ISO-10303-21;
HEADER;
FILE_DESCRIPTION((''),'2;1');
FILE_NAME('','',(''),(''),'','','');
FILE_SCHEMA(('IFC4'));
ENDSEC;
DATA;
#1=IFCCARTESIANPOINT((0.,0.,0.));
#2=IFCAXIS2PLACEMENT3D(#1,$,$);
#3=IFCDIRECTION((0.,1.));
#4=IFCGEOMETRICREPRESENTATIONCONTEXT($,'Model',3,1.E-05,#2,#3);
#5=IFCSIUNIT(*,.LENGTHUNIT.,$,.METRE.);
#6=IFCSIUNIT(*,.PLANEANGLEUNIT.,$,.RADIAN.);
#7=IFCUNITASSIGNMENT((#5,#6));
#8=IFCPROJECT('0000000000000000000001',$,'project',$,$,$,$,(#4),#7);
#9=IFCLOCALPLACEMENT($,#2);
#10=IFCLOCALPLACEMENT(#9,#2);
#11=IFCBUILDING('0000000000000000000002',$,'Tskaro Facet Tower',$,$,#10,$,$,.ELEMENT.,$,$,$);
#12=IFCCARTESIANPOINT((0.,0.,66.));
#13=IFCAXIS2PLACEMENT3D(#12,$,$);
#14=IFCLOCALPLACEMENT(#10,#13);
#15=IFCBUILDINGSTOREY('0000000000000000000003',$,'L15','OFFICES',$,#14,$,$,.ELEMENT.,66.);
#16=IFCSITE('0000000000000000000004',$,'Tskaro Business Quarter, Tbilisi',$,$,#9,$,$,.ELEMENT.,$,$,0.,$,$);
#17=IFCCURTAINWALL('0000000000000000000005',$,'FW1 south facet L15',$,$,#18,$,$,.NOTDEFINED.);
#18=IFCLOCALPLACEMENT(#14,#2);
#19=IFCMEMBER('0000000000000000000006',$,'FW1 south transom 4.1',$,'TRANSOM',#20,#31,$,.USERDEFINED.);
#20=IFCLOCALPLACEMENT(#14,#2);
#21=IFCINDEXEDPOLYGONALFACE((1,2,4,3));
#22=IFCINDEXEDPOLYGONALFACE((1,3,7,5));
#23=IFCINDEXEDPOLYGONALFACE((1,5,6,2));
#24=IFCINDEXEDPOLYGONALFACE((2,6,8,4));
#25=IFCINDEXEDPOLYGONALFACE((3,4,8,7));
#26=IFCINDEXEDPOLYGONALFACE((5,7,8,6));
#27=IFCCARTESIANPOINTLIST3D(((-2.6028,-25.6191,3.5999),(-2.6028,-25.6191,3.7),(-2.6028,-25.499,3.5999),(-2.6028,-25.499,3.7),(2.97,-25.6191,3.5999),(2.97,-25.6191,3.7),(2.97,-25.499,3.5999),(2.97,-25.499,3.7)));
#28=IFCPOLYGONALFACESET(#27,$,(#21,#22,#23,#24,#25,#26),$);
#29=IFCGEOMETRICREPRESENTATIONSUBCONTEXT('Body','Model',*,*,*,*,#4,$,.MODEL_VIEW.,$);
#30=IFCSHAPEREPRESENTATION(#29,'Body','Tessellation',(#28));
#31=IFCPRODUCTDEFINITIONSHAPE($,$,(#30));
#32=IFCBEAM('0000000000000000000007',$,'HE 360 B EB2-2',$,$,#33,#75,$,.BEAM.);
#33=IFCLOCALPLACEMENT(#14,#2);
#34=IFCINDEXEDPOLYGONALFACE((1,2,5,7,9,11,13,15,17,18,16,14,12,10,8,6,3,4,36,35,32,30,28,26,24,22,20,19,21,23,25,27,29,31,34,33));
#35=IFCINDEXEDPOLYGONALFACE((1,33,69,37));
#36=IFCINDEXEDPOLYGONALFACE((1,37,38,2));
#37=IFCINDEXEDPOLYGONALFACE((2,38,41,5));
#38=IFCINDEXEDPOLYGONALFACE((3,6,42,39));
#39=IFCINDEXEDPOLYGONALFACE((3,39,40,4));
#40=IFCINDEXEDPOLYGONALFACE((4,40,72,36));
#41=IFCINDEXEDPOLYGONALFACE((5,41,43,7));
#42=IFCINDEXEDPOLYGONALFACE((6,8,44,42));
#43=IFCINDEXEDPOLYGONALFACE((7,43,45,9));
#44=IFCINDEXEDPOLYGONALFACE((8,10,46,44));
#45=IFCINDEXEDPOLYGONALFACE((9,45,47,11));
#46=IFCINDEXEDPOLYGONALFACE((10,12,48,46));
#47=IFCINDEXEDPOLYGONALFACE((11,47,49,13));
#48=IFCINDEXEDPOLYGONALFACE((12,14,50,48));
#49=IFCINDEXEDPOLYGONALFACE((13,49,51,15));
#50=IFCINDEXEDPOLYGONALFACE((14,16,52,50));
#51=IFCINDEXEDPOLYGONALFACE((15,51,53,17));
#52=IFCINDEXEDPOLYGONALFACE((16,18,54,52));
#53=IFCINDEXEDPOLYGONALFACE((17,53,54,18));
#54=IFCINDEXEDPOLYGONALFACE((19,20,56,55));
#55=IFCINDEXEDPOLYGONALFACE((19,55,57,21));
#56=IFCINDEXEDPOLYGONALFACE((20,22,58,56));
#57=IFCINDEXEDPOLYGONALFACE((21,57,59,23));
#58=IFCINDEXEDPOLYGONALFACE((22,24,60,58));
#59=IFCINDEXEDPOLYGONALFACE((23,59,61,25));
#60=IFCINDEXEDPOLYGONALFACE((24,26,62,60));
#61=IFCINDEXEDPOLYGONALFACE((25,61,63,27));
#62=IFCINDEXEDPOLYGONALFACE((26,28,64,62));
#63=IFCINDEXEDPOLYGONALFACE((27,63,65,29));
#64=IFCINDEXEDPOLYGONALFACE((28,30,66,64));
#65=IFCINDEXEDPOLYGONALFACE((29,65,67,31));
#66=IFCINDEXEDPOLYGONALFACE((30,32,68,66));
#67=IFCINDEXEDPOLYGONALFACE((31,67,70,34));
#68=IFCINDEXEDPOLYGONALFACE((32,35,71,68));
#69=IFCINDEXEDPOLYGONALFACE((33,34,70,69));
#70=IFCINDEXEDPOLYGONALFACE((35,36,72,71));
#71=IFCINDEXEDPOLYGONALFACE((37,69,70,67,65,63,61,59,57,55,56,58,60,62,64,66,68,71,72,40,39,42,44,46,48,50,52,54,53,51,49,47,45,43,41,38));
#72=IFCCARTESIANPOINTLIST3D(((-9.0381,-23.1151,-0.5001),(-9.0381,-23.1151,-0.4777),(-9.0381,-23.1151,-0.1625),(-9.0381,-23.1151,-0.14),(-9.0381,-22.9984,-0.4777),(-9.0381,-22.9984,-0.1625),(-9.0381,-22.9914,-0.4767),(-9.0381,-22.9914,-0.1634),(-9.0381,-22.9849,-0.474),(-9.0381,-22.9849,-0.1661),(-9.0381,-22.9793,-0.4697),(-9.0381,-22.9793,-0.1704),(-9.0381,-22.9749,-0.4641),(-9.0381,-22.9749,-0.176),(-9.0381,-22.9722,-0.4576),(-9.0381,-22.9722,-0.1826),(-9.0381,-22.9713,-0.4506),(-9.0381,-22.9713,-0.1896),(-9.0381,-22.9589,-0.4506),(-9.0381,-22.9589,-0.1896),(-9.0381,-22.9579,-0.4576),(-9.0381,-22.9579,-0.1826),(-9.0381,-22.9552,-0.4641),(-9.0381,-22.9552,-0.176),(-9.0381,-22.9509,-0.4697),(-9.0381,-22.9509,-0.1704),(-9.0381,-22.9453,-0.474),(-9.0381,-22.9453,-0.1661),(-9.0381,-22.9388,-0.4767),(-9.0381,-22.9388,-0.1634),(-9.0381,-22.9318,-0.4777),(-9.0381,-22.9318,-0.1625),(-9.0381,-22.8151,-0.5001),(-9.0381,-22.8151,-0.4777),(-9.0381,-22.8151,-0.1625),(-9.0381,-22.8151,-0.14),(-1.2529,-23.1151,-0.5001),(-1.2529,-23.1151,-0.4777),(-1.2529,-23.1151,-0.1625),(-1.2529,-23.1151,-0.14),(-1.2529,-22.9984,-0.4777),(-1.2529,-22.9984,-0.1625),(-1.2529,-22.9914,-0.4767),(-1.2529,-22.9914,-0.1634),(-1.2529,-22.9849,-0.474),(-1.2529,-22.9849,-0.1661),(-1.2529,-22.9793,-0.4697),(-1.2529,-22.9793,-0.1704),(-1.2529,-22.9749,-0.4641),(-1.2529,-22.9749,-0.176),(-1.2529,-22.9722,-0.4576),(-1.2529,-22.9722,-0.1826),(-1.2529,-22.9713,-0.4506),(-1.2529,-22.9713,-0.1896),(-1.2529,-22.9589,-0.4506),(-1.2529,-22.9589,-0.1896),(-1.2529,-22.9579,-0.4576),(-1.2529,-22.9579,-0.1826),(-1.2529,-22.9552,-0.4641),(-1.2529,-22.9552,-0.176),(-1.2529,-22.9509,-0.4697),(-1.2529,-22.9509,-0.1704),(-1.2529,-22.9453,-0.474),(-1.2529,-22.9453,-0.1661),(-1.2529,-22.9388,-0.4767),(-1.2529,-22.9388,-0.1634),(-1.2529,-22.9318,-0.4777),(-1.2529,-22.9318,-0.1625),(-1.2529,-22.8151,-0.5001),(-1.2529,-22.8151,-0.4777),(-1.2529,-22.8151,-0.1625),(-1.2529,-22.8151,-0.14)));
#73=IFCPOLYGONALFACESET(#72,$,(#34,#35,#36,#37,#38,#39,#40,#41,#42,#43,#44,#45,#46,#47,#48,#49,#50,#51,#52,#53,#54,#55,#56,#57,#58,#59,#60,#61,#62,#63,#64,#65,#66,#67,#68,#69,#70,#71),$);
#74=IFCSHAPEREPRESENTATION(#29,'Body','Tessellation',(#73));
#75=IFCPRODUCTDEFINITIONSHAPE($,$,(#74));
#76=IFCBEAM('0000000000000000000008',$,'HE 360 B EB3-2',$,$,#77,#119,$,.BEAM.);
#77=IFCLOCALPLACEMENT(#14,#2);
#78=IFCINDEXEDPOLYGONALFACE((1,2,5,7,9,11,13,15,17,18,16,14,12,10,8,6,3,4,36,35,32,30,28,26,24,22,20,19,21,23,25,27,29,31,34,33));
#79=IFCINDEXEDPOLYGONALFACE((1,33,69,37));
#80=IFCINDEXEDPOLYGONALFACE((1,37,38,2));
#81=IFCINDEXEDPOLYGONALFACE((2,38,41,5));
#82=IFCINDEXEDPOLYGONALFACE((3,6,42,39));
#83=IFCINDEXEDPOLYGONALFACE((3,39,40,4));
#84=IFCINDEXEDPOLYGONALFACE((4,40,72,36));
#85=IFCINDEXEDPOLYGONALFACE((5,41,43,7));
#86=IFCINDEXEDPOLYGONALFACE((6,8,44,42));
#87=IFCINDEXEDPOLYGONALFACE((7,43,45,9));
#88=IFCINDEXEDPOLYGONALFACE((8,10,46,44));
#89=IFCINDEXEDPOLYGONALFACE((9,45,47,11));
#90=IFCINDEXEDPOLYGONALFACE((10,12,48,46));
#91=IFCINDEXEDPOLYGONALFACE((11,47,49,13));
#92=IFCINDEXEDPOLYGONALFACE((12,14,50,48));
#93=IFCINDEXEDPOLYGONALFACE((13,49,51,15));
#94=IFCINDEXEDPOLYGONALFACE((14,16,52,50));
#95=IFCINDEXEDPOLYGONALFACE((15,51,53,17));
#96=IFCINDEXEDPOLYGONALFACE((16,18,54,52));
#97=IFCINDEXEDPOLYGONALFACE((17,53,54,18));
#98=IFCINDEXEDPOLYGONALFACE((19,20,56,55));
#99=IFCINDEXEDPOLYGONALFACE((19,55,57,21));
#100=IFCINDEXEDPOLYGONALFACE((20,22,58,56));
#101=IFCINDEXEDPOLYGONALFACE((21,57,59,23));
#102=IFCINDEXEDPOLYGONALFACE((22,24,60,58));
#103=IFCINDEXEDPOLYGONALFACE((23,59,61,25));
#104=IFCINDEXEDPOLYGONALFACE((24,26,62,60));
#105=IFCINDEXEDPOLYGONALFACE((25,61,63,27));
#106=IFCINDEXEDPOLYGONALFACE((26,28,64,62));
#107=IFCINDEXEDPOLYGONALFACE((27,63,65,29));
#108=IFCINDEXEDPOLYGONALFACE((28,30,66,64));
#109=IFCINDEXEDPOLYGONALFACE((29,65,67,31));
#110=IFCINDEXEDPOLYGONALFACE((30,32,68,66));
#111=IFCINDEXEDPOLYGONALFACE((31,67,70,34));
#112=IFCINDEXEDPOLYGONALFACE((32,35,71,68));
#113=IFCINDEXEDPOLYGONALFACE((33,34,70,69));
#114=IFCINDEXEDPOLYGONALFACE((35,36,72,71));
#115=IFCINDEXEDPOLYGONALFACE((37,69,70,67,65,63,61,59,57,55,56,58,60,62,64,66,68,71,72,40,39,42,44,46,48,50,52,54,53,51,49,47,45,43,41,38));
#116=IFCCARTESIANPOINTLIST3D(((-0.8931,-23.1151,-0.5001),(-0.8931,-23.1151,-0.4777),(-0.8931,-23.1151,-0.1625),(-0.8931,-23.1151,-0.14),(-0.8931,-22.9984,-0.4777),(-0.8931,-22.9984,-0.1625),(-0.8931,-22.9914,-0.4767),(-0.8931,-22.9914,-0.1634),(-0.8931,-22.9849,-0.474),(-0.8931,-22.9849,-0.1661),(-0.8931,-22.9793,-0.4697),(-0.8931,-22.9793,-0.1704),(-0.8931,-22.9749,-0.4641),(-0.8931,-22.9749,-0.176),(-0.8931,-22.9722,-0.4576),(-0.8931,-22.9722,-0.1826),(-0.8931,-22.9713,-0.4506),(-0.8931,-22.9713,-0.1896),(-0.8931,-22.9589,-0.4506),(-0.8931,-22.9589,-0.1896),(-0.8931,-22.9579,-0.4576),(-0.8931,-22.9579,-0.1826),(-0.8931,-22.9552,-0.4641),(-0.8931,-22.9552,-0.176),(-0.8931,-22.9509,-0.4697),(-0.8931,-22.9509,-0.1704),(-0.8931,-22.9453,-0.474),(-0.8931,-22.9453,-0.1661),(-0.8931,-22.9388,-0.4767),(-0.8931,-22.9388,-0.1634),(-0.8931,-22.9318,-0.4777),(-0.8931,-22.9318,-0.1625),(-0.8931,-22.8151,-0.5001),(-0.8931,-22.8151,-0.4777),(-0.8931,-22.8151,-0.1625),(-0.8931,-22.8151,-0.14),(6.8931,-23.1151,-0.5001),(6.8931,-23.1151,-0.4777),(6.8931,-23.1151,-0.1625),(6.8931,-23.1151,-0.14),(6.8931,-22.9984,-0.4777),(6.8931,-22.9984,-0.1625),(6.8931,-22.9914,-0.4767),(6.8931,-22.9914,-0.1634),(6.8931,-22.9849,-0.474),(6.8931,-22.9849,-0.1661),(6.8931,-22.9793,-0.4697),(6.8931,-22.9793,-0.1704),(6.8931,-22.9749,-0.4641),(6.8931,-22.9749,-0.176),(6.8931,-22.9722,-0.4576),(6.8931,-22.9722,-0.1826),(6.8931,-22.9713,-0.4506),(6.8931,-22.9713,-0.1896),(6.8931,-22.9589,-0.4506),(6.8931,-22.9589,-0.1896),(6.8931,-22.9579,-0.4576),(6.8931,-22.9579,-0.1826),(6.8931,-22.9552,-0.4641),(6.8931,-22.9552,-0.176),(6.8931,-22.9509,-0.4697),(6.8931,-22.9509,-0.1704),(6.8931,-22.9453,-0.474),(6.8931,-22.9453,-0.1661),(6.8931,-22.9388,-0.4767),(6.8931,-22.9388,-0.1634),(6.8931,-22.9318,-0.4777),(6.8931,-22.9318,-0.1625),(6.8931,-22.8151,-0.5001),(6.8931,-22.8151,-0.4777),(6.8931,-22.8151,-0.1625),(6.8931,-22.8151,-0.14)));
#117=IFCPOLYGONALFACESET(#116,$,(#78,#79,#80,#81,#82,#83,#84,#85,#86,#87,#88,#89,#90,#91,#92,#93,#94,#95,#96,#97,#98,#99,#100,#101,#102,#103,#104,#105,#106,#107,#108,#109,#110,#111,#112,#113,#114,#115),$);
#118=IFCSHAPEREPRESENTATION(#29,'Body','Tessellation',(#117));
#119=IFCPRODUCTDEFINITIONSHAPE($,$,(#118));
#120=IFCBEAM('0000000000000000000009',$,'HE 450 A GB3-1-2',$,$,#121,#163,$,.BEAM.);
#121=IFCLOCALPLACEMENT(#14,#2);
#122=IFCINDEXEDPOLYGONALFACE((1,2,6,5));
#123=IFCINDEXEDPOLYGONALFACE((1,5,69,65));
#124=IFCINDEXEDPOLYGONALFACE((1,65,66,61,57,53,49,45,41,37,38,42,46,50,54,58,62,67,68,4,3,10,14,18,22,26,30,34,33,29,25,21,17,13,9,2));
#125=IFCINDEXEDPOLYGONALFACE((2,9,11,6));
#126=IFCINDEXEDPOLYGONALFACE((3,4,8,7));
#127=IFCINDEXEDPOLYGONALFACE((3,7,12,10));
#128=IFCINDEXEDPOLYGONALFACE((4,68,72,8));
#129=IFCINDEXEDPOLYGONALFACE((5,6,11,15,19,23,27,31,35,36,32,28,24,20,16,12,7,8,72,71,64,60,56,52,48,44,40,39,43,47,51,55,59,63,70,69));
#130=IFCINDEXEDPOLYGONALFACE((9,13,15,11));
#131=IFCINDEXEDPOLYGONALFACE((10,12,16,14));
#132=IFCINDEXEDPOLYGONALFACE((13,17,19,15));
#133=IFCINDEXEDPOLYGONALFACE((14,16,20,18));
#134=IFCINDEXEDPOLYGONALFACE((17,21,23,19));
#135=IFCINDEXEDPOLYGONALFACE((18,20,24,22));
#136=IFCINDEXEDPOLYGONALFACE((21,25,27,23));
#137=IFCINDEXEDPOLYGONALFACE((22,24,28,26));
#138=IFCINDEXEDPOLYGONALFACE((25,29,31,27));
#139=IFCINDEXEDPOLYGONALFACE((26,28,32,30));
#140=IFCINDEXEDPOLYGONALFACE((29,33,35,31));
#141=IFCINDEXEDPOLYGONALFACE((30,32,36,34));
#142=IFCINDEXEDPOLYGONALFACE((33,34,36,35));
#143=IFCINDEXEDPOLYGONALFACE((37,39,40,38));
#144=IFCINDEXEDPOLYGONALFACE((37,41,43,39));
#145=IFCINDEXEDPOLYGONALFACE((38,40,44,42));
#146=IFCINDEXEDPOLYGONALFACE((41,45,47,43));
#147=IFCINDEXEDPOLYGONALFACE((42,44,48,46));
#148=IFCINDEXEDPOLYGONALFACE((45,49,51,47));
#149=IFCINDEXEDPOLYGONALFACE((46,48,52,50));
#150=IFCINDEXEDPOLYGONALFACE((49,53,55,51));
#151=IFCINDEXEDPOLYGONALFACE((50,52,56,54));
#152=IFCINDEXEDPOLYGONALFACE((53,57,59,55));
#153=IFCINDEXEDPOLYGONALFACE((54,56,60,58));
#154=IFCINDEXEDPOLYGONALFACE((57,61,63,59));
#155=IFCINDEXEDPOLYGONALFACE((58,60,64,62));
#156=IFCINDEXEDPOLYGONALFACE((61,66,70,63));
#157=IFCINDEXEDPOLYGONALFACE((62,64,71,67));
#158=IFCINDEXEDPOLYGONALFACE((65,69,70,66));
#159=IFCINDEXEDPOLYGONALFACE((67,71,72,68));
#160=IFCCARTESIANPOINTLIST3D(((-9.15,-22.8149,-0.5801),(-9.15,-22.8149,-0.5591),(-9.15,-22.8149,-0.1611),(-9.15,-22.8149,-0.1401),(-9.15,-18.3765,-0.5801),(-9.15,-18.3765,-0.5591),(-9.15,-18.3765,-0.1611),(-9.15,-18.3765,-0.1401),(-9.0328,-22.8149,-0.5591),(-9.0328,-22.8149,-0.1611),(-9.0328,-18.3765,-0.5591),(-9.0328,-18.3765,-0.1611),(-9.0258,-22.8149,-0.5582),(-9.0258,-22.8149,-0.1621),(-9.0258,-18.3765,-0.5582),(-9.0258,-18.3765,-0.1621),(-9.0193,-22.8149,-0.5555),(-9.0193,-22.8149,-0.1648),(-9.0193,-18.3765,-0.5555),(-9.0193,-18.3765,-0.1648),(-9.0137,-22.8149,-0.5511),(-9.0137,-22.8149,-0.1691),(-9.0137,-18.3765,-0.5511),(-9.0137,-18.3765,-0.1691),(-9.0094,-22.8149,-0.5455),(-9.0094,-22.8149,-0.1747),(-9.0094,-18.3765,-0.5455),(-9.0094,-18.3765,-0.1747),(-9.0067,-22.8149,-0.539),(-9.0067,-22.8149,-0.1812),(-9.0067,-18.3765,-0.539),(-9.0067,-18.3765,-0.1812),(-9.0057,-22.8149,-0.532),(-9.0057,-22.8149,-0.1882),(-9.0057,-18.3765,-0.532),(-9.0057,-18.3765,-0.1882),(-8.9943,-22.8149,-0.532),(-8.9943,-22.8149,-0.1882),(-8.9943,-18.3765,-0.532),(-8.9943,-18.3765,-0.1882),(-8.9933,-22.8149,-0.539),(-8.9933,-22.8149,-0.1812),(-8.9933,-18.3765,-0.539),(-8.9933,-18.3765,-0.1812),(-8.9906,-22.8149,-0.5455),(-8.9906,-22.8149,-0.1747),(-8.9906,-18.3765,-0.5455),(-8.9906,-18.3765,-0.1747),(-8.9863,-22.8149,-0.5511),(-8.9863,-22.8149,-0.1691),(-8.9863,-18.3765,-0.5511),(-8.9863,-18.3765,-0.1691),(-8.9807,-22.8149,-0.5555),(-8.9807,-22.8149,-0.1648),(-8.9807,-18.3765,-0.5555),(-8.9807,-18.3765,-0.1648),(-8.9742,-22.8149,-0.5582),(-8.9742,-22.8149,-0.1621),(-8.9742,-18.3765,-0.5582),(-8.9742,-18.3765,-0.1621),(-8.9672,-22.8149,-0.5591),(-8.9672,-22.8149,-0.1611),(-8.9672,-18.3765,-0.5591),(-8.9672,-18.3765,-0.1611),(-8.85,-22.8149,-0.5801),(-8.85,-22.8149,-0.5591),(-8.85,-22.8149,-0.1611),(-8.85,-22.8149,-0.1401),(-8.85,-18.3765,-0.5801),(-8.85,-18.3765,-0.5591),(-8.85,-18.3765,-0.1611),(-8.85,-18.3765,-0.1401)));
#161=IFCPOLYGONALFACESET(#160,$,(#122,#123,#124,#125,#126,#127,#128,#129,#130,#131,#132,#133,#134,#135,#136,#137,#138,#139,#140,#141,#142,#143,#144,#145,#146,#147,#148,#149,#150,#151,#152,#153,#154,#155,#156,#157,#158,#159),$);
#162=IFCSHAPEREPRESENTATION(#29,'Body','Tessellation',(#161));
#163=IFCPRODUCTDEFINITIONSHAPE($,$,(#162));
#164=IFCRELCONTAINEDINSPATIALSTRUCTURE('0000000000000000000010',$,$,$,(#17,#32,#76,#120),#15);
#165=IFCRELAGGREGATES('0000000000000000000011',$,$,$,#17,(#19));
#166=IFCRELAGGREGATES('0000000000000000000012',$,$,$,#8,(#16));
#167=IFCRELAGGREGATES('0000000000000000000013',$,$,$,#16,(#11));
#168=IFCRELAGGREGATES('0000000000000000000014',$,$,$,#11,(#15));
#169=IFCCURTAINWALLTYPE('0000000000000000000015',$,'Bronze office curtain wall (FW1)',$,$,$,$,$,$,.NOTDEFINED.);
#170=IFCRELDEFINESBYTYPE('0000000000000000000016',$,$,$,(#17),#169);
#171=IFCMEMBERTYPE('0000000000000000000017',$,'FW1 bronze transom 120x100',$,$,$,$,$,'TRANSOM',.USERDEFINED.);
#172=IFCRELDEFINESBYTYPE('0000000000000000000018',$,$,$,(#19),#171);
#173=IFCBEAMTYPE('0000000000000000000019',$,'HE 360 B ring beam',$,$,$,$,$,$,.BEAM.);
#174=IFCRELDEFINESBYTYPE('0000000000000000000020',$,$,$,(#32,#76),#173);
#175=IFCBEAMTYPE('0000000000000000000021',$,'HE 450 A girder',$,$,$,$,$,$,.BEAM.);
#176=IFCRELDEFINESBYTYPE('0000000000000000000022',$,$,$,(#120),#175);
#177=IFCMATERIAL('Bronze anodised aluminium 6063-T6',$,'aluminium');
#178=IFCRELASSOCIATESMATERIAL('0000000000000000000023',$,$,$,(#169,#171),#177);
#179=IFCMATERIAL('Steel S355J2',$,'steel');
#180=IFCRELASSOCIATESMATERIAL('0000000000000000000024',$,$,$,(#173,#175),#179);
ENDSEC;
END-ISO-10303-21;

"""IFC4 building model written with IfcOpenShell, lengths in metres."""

from ifc_helpers import new_model, si_unit, direction, frame, origin, origin_2d, place, context, subcontext, project, spatial, rectangle, i_section, extrude, material, material_profile, profile_set, type_object, element, aggregate, save


model = new_model("IFC4")

# Units and contexts
model_context = context("Model", 3, precision=1e-05, world=origin(), true_north=direction((0.0, 1.0)))
body_context = subcontext(model_context, "Body", "Model", "MODEL_VIEW")
ifc_project = project(units=[si_unit("LENGTHUNIT", "METRE"), si_unit("PLANEANGLEUNIT", "RADIAN")], contexts=[model_context])

# Site, building, storey
site_placement = place(None, origin())
site = spatial("IfcSite", under=ifc_project, at=site_placement, Name="Tskaro Business Quarter, Tbilisi", CompositionType="ELEMENT", RefElevation=0.0)
building_placement = place(site_placement, origin())
building = spatial("IfcBuilding", under=site, at=building_placement, Name="Tskaro Facet Tower", CompositionType="ELEMENT")
storey_placement = place(building_placement, frame((0.0, 0.0, 66.0)))
storey = spatial("IfcBuildingStorey", under=building, at=storey_placement, Name="L15", Description="OFFICES", CompositionType="ELEMENT", Elevation=66.0)

# Curtain wall, member
ifc_material_1 = material(Name="Bronze anodised aluminium 6063-T6", Category="aluminium")
curtain_wall_type = type_object("IfcCurtainWallType", Name="Bronze office curtain wall (FW1)", PredefinedType="NOTDEFINED", material=ifc_material_1)
curtain_wall_placement = place(storey_placement, origin())
curtain_wall = element("IfcCurtainWall", 1, at=curtain_wall_placement, inside=storey, type_object=curtain_wall_type, Name="FW1 south facet L15", PredefinedType="NOTDEFINED")
ifc_material_profile_1 = material_profile(ifc_material_1, rectangle(XDim=0.1201, YDim=0.1001, at=origin_2d()), Name="Transom 120x100")
ifc_profile_set_1 = profile_set([ifc_material_profile_1], Name="Bronze anodised aluminium 6063-T6")
member_type_1 = type_object("IfcMemberType", Name="FW1 bronze transom 120x100", ElementType="TRANSOM", PredefinedType="USERDEFINED", material=ifc_profile_set_1)
member_1_placement = place(storey_placement, frame((-2.6028, -25.5591, 3.6499), z_axis=(1.0, 0.0, 0.0), x_axis=(0.0, 1.0, 0.0)))
member_1 = element("IfcMember", 2, at=member_1_placement, type_object=member_type_1, Name="FW1 south transom 4.1", ObjectType="TRANSOM", PredefinedType="USERDEFINED", context=body_context, shape_type="SweptSolid", body=[
    extrude(rectangle(XDim=0.1201, YDim=0.1001, at=origin_2d()), origin(), (0.0, 0.0, 1.0), 5.5728),
])

# Beams
ifc_material_2 = material(Name="Steel S355J2", Category="steel")
ifc_material_profile_2 = material_profile(ifc_material_2, i_section(OverallWidth=0.3, OverallDepth=0.3601, WebThickness=0.0125, FlangeThickness=0.0225, FilletRadius=0.0271, at=origin_2d()), Name="HE 360 B")
ifc_profile_set_2 = profile_set([ifc_material_profile_2], Name="Steel S355J2")
beam_type_1 = type_object("IfcBeamType", Name="HE 360 B ring beam", PredefinedType="BEAM", material=ifc_profile_set_2)
beam_1_placement = place(storey_placement, frame((-9.0381, -22.9651, -0.3201), z_axis=(1.0, 0.0, 0.0), x_axis=(0.0, 1.0, 0.0)))
element("IfcBeam", 3, at=beam_1_placement, inside=storey, type_object=beam_type_1, Name="HE 360 B EB2-2", PredefinedType="BEAM", context=body_context, shape_type="SweptSolid", body=[
    extrude(i_section(OverallWidth=0.3, OverallDepth=0.3601, WebThickness=0.0125, FlangeThickness=0.0225, FilletRadius=0.0271, at=origin_2d()), origin(), (0.0, 0.0, 1.0), 7.7852),
])
beam_2_placement = place(storey_placement, frame((-0.8931, -22.9651, -0.3201), z_axis=(1.0, 0.0, 0.0), x_axis=(0.0, 1.0, 0.0)))
element("IfcBeam", 4, at=beam_2_placement, inside=storey, type_object=beam_type_1, Name="HE 360 B EB3-2", PredefinedType="BEAM", context=body_context, shape_type="SweptSolid", body=[
    extrude(i_section(OverallWidth=0.3, OverallDepth=0.3601, WebThickness=0.0125, FlangeThickness=0.0225, FilletRadius=0.0271, at=origin_2d()), origin(), (0.0, 0.0, 1.0), 7.7861),
])
ifc_material_profile_3 = material_profile(ifc_material_2, i_section(OverallWidth=0.3, OverallDepth=0.4399, WebThickness=0.0115, FlangeThickness=0.021, FilletRadius=0.0271, at=origin_2d()), Name="HE 450 A")
ifc_profile_set_3 = profile_set([ifc_material_profile_3], Name="Steel S355J2")
beam_type_2 = type_object("IfcBeamType", Name="HE 450 A girder", PredefinedType="BEAM", material=ifc_profile_set_3)
beam_3_placement = place(storey_placement, frame((-9.0, -22.8149, -0.3601), z_axis=(0.0, 1.0, 0.0), x_axis=(-1.0, 0.0, 0.0)))
element("IfcBeam", 5, at=beam_3_placement, inside=storey, type_object=beam_type_2, Name="HE 450 A GB3-1-2", PredefinedType="BEAM", context=body_context, shape_type="SweptSolid", body=[
    extrude(i_section(OverallWidth=0.3, OverallDepth=0.4399, WebThickness=0.0115, FlangeThickness=0.021, FilletRadius=0.0271, at=origin_2d()), origin(), (0.0, 0.0, 1.0), 4.4385),
])

aggregate(curtain_wall, [member_1])

save(model, "model.ifc")
